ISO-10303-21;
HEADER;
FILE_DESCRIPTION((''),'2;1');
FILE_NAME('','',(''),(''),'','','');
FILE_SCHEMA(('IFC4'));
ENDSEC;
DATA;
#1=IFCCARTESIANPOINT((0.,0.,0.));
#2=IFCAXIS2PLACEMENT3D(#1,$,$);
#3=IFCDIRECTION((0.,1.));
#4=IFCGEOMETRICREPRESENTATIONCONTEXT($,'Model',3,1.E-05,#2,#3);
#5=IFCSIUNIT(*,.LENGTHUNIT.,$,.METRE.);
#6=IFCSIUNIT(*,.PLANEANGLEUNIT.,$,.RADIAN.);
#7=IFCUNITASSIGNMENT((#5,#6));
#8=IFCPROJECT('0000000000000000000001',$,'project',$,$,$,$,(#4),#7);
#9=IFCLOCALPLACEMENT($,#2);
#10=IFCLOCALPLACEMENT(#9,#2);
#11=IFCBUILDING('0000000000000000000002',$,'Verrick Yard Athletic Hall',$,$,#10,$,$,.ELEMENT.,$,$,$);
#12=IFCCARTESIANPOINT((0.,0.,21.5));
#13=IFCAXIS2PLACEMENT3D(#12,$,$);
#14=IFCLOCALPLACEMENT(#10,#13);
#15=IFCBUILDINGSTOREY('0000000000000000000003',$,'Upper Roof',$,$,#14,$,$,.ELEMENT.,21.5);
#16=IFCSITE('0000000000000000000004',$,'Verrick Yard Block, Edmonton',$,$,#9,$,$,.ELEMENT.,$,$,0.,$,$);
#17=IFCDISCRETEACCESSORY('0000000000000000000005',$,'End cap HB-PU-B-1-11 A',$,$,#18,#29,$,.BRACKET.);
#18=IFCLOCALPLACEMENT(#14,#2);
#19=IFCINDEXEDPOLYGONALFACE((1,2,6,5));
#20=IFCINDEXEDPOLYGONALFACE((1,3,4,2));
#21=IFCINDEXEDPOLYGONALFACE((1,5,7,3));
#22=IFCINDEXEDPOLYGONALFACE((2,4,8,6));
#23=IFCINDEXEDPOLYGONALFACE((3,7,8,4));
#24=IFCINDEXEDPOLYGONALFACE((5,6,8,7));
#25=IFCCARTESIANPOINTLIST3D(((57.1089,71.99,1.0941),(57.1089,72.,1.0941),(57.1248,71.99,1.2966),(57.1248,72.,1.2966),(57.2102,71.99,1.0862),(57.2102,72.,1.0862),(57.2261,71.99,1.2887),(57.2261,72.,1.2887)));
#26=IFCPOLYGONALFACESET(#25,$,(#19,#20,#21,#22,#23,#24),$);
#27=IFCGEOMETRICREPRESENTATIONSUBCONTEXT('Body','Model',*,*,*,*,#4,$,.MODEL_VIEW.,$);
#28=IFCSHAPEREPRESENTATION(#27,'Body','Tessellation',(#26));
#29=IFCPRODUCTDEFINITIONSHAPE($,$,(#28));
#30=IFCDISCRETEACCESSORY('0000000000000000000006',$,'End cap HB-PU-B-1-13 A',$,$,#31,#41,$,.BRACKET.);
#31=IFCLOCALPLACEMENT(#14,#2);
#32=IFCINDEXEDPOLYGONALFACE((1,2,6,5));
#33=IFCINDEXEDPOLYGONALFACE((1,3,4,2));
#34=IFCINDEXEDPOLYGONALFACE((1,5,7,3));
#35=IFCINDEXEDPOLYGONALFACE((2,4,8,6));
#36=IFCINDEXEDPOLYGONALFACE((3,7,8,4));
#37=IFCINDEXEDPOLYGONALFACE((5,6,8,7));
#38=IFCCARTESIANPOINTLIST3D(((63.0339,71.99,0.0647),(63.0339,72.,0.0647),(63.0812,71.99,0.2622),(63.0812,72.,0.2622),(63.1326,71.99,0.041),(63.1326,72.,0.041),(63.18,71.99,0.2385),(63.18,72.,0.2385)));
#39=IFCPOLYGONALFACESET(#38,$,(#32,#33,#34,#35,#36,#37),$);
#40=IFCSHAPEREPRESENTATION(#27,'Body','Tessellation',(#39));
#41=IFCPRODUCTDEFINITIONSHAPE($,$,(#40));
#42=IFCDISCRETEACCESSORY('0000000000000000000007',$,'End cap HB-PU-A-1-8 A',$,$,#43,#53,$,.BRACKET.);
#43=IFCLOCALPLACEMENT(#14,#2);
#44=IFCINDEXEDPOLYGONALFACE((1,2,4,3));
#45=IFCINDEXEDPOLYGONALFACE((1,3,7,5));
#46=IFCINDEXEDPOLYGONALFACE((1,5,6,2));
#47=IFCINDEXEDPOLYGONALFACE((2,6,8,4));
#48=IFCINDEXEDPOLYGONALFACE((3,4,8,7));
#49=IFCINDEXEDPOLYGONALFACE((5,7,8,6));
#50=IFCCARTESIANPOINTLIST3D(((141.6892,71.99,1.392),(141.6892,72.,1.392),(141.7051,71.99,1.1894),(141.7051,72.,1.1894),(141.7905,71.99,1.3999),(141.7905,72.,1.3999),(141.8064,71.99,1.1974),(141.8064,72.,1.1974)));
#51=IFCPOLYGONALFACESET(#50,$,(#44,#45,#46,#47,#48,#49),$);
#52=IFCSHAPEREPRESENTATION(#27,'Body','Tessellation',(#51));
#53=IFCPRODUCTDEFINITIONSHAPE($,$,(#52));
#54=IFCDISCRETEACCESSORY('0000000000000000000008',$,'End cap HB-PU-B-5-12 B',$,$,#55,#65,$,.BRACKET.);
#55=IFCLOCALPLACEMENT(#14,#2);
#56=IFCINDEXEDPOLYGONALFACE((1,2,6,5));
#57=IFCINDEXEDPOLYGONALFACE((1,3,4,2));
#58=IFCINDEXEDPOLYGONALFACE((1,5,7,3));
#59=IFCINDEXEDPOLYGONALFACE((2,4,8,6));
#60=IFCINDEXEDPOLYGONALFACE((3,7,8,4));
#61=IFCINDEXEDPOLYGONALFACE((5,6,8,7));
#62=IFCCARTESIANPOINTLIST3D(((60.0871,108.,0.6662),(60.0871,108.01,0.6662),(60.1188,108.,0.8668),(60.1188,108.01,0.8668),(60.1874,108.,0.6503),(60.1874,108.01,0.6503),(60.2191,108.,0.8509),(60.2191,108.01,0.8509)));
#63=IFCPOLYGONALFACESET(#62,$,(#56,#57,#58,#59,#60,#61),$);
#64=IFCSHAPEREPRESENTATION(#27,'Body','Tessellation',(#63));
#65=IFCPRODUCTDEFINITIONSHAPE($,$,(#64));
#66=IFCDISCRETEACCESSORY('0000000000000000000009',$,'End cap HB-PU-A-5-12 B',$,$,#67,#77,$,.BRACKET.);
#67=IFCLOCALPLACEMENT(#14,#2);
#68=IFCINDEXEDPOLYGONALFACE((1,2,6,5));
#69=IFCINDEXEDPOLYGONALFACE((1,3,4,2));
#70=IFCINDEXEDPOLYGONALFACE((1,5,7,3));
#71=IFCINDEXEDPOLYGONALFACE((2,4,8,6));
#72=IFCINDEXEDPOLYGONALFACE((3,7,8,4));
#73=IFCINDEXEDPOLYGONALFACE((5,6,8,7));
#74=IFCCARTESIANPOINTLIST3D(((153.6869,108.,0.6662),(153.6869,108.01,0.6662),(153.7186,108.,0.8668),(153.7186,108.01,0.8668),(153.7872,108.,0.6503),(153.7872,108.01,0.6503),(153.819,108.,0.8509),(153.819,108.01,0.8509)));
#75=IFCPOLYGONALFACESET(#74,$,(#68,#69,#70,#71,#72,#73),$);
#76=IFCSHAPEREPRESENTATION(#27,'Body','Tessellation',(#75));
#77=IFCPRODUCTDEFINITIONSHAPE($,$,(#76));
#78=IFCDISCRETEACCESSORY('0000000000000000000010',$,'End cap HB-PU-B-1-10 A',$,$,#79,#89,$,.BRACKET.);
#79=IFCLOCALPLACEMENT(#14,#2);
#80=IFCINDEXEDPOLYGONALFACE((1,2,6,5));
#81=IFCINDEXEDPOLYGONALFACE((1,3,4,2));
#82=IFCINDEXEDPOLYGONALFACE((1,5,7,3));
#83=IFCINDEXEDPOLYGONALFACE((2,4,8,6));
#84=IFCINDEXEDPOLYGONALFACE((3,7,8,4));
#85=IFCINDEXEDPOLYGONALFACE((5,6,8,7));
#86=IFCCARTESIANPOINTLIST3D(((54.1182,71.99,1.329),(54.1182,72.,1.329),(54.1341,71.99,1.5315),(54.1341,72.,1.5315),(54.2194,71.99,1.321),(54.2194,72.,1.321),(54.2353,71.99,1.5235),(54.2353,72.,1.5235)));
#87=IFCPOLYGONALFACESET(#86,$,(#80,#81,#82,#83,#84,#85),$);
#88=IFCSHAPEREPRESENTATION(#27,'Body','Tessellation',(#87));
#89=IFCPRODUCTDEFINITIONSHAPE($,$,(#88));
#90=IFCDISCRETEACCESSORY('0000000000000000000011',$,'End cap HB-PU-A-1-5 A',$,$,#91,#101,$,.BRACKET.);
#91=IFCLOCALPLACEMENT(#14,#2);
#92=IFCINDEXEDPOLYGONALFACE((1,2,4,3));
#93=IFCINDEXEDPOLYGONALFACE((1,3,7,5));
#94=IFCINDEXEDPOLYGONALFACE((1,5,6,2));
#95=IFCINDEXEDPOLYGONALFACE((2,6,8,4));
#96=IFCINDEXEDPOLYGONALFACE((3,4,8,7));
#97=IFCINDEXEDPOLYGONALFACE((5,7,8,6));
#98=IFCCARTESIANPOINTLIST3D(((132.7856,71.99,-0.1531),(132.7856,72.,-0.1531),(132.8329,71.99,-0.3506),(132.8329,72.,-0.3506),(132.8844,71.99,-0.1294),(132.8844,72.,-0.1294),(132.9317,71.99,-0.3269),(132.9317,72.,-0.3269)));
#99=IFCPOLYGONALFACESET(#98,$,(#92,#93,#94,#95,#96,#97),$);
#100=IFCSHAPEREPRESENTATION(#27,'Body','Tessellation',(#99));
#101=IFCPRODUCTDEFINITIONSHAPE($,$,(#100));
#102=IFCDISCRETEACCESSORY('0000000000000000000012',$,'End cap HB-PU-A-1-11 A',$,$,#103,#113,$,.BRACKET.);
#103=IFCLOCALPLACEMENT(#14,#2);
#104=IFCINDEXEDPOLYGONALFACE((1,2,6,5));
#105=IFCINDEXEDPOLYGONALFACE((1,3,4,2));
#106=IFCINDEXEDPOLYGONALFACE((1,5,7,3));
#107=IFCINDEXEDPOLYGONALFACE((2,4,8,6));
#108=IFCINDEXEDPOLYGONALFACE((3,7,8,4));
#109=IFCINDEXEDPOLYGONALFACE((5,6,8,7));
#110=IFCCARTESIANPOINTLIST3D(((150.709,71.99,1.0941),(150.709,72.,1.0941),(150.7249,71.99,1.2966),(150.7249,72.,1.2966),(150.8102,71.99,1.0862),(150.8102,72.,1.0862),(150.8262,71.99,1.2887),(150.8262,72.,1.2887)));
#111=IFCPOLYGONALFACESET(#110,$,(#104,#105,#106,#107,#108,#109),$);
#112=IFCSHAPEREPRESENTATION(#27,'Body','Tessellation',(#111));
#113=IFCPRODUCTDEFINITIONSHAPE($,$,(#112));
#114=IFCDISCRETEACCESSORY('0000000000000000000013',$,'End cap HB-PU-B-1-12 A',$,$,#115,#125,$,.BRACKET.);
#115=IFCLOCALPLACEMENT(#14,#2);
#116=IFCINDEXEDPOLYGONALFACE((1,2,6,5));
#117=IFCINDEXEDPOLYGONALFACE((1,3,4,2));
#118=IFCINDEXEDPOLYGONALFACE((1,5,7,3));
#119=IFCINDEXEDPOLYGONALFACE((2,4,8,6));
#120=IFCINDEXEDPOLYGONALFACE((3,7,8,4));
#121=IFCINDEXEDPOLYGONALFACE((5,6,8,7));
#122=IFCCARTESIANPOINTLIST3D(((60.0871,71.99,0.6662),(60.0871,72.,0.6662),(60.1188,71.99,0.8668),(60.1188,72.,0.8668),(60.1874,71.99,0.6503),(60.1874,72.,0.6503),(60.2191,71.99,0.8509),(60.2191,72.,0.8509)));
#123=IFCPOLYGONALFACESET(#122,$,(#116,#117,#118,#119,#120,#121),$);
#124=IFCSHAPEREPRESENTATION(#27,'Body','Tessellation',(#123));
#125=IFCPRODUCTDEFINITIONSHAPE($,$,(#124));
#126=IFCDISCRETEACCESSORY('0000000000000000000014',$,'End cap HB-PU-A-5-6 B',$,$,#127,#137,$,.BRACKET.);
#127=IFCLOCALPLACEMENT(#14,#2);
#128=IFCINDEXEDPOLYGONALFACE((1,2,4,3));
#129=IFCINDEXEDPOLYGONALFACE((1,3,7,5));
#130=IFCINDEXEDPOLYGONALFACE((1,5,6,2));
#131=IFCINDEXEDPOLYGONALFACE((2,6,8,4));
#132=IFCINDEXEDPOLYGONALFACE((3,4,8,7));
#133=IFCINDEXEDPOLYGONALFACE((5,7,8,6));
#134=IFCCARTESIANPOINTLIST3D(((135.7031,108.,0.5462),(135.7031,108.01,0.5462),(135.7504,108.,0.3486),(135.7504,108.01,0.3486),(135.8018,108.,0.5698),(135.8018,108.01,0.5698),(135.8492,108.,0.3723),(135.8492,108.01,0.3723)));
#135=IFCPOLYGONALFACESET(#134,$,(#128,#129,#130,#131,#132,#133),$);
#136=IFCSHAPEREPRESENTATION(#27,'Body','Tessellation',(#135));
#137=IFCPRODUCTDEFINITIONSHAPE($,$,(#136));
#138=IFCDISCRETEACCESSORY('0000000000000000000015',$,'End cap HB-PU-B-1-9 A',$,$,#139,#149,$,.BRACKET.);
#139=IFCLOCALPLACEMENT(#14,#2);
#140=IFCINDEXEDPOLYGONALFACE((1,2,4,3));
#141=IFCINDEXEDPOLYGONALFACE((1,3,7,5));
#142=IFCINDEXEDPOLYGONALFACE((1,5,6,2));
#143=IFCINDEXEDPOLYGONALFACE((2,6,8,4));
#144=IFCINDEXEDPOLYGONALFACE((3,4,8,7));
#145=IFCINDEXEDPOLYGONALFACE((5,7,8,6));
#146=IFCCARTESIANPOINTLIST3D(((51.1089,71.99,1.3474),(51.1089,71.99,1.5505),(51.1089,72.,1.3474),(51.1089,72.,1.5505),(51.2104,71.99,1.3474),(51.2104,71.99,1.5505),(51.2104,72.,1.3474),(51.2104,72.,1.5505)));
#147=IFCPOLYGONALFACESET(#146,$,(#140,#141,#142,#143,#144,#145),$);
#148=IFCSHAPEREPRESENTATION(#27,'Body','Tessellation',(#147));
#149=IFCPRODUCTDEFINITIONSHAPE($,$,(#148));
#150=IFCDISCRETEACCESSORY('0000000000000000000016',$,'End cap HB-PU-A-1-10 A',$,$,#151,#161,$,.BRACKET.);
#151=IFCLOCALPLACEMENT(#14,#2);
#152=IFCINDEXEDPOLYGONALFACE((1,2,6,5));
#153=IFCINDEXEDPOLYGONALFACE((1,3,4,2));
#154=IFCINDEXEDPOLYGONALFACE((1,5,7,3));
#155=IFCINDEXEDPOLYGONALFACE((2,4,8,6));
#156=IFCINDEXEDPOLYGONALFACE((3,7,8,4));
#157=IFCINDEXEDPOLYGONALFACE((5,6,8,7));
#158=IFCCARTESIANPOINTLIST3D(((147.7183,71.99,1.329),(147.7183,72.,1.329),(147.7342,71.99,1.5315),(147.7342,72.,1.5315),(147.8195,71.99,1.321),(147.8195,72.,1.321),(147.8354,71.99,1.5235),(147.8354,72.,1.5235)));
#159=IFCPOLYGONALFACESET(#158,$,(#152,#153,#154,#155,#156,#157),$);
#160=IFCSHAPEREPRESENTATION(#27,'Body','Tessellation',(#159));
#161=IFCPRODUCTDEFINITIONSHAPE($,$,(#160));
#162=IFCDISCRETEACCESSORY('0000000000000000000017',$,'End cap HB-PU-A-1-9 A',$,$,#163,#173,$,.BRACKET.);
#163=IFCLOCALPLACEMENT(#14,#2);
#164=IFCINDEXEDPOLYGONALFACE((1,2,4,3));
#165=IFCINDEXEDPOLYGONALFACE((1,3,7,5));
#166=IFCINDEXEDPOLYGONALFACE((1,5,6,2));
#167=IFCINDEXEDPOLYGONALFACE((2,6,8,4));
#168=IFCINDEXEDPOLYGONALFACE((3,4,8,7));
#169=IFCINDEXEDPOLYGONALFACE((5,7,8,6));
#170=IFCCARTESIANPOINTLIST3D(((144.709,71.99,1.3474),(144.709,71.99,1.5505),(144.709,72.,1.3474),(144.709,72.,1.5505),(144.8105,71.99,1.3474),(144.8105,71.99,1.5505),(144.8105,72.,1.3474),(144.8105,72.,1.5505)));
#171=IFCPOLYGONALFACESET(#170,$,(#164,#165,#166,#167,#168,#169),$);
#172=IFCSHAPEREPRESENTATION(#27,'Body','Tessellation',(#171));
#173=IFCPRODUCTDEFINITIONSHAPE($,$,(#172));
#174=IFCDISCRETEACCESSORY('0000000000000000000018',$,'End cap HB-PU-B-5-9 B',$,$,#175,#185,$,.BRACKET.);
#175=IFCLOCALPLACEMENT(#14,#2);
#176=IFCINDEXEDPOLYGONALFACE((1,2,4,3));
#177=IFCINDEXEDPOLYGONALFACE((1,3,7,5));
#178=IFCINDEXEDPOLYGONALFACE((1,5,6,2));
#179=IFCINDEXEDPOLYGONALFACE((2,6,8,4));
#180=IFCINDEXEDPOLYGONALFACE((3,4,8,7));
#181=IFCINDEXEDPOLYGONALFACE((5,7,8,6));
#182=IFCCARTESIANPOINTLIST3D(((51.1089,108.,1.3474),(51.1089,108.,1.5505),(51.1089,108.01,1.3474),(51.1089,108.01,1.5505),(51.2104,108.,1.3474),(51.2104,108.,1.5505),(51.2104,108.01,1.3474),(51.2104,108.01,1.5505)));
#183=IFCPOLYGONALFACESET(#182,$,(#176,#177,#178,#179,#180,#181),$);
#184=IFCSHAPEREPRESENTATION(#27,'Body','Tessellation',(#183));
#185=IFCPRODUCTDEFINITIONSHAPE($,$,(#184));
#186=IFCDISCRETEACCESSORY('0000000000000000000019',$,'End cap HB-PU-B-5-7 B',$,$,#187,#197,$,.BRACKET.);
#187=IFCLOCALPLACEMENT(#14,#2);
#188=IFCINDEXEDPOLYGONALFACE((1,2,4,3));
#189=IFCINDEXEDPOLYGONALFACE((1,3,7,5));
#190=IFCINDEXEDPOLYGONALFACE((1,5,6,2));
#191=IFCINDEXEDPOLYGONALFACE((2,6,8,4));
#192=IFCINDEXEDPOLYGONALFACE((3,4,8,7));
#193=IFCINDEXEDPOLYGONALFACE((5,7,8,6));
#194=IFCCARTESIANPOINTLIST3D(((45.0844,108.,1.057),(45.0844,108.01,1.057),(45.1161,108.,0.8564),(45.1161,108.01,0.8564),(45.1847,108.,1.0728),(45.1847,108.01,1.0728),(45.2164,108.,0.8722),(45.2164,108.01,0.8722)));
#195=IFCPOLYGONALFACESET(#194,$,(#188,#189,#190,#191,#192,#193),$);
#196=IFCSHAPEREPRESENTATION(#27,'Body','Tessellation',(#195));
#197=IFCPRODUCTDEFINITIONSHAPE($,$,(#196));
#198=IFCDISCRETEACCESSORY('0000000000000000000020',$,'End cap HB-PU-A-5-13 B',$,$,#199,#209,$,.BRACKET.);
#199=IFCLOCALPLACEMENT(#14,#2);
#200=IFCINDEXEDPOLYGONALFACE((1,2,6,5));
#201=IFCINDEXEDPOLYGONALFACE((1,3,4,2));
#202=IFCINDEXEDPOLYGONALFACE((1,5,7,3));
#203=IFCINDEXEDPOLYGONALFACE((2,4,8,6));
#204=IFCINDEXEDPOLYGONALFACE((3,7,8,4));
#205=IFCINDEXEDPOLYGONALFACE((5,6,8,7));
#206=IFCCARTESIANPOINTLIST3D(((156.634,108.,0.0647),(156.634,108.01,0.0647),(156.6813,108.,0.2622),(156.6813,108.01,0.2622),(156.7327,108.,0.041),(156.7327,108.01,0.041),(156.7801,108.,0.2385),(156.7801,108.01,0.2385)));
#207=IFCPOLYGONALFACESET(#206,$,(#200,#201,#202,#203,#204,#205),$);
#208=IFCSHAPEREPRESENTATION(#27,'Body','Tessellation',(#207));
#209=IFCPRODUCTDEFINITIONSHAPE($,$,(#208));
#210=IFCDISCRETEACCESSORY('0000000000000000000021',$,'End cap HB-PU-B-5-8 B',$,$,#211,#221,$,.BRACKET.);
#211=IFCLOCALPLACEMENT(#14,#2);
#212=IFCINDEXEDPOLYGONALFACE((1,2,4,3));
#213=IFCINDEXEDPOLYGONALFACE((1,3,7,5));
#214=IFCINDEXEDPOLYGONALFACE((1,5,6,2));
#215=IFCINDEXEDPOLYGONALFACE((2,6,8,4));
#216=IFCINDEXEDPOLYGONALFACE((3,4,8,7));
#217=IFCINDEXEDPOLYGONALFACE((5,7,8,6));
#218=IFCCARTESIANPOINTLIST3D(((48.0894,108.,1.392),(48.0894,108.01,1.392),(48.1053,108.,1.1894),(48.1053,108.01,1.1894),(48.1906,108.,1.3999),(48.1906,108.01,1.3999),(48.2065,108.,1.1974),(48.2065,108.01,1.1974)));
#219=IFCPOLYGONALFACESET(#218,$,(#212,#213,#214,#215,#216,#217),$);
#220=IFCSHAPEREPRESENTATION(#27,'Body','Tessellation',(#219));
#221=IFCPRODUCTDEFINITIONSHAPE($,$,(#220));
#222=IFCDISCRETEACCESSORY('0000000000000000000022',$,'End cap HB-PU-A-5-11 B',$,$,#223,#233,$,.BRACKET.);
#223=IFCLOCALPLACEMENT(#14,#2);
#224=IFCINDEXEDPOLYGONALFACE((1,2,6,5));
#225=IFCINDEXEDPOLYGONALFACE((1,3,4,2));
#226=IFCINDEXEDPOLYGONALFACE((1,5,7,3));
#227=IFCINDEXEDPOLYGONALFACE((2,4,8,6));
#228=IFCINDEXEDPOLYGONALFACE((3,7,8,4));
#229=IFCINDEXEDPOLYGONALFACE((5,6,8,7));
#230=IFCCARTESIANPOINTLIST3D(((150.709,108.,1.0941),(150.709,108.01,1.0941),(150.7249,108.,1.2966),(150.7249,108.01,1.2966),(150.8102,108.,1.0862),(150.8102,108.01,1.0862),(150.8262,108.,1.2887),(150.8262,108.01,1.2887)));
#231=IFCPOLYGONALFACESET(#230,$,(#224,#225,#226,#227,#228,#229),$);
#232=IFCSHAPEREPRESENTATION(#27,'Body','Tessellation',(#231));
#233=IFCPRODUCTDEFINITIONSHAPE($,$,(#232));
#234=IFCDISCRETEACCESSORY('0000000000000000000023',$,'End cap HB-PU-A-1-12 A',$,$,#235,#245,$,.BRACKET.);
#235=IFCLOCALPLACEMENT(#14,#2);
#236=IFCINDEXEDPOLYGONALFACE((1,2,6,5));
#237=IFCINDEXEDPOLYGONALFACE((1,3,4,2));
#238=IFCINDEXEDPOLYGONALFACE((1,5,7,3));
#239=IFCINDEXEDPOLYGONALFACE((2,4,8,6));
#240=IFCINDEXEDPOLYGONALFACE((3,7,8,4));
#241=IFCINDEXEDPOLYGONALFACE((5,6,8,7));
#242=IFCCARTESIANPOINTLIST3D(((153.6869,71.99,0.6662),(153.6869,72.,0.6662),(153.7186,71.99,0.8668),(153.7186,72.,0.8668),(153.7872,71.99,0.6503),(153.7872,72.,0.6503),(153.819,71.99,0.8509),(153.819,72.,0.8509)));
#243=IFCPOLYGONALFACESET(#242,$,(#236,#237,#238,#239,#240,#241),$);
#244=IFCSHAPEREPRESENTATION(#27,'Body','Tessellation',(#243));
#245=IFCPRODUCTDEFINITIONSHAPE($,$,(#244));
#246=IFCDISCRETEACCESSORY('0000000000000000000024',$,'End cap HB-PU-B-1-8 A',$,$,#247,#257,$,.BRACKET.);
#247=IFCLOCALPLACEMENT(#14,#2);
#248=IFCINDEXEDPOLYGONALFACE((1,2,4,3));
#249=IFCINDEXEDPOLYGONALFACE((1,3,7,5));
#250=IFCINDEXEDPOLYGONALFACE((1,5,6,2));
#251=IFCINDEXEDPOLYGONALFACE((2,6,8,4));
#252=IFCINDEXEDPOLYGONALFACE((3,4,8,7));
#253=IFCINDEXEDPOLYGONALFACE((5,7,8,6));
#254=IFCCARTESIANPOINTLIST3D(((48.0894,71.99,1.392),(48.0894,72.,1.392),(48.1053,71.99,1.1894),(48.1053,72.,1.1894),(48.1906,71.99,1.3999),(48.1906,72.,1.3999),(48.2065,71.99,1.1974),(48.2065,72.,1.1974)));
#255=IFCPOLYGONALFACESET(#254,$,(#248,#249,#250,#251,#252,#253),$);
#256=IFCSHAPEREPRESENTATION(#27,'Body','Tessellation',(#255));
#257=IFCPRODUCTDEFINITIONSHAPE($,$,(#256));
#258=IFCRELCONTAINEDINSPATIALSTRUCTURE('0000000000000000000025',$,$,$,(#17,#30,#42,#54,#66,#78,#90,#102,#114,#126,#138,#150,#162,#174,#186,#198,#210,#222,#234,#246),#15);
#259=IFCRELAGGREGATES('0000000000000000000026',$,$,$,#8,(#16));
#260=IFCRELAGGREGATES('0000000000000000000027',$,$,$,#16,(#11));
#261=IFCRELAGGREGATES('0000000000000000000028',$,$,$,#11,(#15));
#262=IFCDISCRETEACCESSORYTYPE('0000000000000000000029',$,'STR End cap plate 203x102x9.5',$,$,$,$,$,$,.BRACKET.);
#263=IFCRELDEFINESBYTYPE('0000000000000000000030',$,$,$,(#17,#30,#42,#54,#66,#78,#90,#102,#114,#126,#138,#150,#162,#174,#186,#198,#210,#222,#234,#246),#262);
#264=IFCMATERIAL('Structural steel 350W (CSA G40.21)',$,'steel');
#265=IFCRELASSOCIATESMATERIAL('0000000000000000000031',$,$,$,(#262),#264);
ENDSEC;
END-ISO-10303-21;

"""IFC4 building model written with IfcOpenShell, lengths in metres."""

from ifc_helpers import new_model, si_unit, direction, frame, origin, origin_2d, place, context, subcontext, project, spatial, rectangle, extrude, material, material_profile, profile_set, type_object, element, save


model = new_model("IFC4")

# Units and contexts
model_context = context("Model", 3, precision=1e-05, world=origin(), true_north=direction((0.0, 1.0)))
body_context = subcontext(model_context, "Body", "Model", "MODEL_VIEW")
ifc_project = project(units=[si_unit("LENGTHUNIT", "METRE"), si_unit("PLANEANGLEUNIT", "RADIAN")], contexts=[model_context])

# Site, building, storey
site_placement = place(None, origin())
site = spatial("IfcSite", under=ifc_project, at=site_placement, Name="Verrick Yard Block, Edmonton", CompositionType="ELEMENT", RefElevation=0.0)
building_placement = place(site_placement, origin())
building = spatial("IfcBuilding", under=site, at=building_placement, Name="Verrick Yard Athletic Hall", CompositionType="ELEMENT")
storey_placement = place(building_placement, frame((0.0, 0.0, 21.5)))
storey = spatial("IfcBuildingStorey", under=building, at=storey_placement, Name="Upper Roof", CompositionType="ELEMENT", Elevation=21.5)

# Discrete accessories
ifc_material = material(Name="Structural steel 350W (CSA G40.21)", Category="steel")
ifc_material_profile = material_profile(ifc_material, rectangle(XDim=0.1016, YDim=0.2031, at=origin_2d()), Name="STR End cap plate 203x102x9.5")
ifc_profile_set = profile_set([ifc_material_profile], Name="Structural steel 350W (CSA G40.21)")
discrete_accessory_type = type_object("IfcDiscreteAccessoryType", Name="STR End cap plate 203x102x9.5", PredefinedType="BRACKET", material=ifc_profile_set)
for number, where, z_axis, x_axis, name in (
    (1, (57.1675, 71.99, 1.1914), (0.0, 1.0, 0.0), (-0.996927, 0.0, 0.078332), "End cap HB-PU-B-1-11 A"),
    (2, (63.1069, 71.99, 0.1516), (0.0, 1.0, 0.0), (-0.972459, 0.0, 0.233074), "End cap HB-PU-B-1-13 A"),
    (3, (141.7478, 71.99, 1.2947), (0.0, 1.0, 0.0), (-0.996927, 0.0, -0.078332), "End cap HB-PU-A-1-8 A"),
    (4, (60.1531, 108.0, 0.7585), (0.0, 1.0, 0.0), (-0.987728, 0.0, 0.156183), "End cap HB-PU-B-5-12 B"),
    (5, (153.7529, 108.0, 0.7585), (0.0, 1.0, 0.0), (-0.987728, 0.0, 0.156183), "End cap HB-PU-A-5-12 B"),
    (6, (54.1768, 71.99, 1.4263), (0.0, 1.0, 0.0), (-0.996927, 0.0, 0.078332), "End cap HB-PU-B-1-10 A"),
    (7, (132.8586, 71.99, -0.24), (0.0, 1.0, 0.0), (-0.972459, 0.0, -0.233074), "End cap HB-PU-A-1-5 A"),
    (8, (150.7676, 71.99, 1.1914), (0.0, 1.0, 0.0), (-0.996927, 0.0, 0.078332), "End cap HB-PU-A-1-11 A"),
    (9, (60.1531, 71.99, 0.7585), (0.0, 1.0, 0.0), (-0.987728, 0.0, 0.156183), "End cap HB-PU-B-1-12 A"),
    (10, (135.7761, 108.0, 0.4592), (0.0, 1.0, 0.0), (-0.972459, 0.0, -0.233074), "End cap HB-PU-A-5-6 B"),
    (11, (51.1597, 71.99, 1.449), (0.0, 1.0, 0.0), (-1.0, 0.0, 0.0), "End cap HB-PU-B-1-9 A"),
    (12, (147.7769, 71.99, 1.4263), (0.0, 1.0, 0.0), (-0.996927, 0.0, 0.078332), "End cap HB-PU-A-1-10 A"),
    (13, (144.7598, 71.99, 1.449), (0.0, 1.0, 0.0), (-1.0, 0.0, 0.0), "End cap HB-PU-A-1-9 A"),
    (14, (51.1597, 108.0, 1.449), (0.0, 1.0, 0.0), (-1.0, 0.0, 0.0), "End cap HB-PU-B-5-9 B"),
    (15, (45.1504, 108.0, 0.9646), (0.0, 1.0, 0.0), (-0.987728, 0.0, -0.156183), "End cap HB-PU-B-5-7 B"),
    (16, (156.707, 108.0, 0.1516), (0.0, 1.0, 0.0), (-0.972459, 0.0, 0.233074), "End cap HB-PU-A-5-13 B"),
    (17, (48.1479, 108.0, 1.2947), (0.0, 1.0, 0.0), (-0.996927, 0.0, -0.078332), "End cap HB-PU-B-5-8 B"),
    (18, (150.7676, 108.0, 1.1914), (0.0, 1.0, 0.0), (-0.996927, 0.0, 0.078332), "End cap HB-PU-A-5-11 B"),
    (19, (153.7529, 71.99, 0.7585), (0.0, 1.0, 0.0), (-0.987728, 0.0, 0.156183), "End cap HB-PU-A-1-12 A"),
    (20, (48.1479, 71.99, 1.2947), (0.0, 1.0, 0.0), (-0.996927, 0.0, -0.078332), "End cap HB-PU-B-1-8 A"),
):
    element("IfcDiscreteAccessory", number, at=place(storey_placement, frame(where, z_axis=z_axis, x_axis=x_axis)), inside=storey, type_object=discrete_accessory_type, Name=name, PredefinedType="BRACKET", context=body_context, shape_type="SweptSolid", body=[
        extrude(rectangle(XDim=0.1016, YDim=0.2031, at=origin_2d()), origin(), (0.0, 0.0, 1.0), 0.01),
    ])

save(model, "model.ifc")
